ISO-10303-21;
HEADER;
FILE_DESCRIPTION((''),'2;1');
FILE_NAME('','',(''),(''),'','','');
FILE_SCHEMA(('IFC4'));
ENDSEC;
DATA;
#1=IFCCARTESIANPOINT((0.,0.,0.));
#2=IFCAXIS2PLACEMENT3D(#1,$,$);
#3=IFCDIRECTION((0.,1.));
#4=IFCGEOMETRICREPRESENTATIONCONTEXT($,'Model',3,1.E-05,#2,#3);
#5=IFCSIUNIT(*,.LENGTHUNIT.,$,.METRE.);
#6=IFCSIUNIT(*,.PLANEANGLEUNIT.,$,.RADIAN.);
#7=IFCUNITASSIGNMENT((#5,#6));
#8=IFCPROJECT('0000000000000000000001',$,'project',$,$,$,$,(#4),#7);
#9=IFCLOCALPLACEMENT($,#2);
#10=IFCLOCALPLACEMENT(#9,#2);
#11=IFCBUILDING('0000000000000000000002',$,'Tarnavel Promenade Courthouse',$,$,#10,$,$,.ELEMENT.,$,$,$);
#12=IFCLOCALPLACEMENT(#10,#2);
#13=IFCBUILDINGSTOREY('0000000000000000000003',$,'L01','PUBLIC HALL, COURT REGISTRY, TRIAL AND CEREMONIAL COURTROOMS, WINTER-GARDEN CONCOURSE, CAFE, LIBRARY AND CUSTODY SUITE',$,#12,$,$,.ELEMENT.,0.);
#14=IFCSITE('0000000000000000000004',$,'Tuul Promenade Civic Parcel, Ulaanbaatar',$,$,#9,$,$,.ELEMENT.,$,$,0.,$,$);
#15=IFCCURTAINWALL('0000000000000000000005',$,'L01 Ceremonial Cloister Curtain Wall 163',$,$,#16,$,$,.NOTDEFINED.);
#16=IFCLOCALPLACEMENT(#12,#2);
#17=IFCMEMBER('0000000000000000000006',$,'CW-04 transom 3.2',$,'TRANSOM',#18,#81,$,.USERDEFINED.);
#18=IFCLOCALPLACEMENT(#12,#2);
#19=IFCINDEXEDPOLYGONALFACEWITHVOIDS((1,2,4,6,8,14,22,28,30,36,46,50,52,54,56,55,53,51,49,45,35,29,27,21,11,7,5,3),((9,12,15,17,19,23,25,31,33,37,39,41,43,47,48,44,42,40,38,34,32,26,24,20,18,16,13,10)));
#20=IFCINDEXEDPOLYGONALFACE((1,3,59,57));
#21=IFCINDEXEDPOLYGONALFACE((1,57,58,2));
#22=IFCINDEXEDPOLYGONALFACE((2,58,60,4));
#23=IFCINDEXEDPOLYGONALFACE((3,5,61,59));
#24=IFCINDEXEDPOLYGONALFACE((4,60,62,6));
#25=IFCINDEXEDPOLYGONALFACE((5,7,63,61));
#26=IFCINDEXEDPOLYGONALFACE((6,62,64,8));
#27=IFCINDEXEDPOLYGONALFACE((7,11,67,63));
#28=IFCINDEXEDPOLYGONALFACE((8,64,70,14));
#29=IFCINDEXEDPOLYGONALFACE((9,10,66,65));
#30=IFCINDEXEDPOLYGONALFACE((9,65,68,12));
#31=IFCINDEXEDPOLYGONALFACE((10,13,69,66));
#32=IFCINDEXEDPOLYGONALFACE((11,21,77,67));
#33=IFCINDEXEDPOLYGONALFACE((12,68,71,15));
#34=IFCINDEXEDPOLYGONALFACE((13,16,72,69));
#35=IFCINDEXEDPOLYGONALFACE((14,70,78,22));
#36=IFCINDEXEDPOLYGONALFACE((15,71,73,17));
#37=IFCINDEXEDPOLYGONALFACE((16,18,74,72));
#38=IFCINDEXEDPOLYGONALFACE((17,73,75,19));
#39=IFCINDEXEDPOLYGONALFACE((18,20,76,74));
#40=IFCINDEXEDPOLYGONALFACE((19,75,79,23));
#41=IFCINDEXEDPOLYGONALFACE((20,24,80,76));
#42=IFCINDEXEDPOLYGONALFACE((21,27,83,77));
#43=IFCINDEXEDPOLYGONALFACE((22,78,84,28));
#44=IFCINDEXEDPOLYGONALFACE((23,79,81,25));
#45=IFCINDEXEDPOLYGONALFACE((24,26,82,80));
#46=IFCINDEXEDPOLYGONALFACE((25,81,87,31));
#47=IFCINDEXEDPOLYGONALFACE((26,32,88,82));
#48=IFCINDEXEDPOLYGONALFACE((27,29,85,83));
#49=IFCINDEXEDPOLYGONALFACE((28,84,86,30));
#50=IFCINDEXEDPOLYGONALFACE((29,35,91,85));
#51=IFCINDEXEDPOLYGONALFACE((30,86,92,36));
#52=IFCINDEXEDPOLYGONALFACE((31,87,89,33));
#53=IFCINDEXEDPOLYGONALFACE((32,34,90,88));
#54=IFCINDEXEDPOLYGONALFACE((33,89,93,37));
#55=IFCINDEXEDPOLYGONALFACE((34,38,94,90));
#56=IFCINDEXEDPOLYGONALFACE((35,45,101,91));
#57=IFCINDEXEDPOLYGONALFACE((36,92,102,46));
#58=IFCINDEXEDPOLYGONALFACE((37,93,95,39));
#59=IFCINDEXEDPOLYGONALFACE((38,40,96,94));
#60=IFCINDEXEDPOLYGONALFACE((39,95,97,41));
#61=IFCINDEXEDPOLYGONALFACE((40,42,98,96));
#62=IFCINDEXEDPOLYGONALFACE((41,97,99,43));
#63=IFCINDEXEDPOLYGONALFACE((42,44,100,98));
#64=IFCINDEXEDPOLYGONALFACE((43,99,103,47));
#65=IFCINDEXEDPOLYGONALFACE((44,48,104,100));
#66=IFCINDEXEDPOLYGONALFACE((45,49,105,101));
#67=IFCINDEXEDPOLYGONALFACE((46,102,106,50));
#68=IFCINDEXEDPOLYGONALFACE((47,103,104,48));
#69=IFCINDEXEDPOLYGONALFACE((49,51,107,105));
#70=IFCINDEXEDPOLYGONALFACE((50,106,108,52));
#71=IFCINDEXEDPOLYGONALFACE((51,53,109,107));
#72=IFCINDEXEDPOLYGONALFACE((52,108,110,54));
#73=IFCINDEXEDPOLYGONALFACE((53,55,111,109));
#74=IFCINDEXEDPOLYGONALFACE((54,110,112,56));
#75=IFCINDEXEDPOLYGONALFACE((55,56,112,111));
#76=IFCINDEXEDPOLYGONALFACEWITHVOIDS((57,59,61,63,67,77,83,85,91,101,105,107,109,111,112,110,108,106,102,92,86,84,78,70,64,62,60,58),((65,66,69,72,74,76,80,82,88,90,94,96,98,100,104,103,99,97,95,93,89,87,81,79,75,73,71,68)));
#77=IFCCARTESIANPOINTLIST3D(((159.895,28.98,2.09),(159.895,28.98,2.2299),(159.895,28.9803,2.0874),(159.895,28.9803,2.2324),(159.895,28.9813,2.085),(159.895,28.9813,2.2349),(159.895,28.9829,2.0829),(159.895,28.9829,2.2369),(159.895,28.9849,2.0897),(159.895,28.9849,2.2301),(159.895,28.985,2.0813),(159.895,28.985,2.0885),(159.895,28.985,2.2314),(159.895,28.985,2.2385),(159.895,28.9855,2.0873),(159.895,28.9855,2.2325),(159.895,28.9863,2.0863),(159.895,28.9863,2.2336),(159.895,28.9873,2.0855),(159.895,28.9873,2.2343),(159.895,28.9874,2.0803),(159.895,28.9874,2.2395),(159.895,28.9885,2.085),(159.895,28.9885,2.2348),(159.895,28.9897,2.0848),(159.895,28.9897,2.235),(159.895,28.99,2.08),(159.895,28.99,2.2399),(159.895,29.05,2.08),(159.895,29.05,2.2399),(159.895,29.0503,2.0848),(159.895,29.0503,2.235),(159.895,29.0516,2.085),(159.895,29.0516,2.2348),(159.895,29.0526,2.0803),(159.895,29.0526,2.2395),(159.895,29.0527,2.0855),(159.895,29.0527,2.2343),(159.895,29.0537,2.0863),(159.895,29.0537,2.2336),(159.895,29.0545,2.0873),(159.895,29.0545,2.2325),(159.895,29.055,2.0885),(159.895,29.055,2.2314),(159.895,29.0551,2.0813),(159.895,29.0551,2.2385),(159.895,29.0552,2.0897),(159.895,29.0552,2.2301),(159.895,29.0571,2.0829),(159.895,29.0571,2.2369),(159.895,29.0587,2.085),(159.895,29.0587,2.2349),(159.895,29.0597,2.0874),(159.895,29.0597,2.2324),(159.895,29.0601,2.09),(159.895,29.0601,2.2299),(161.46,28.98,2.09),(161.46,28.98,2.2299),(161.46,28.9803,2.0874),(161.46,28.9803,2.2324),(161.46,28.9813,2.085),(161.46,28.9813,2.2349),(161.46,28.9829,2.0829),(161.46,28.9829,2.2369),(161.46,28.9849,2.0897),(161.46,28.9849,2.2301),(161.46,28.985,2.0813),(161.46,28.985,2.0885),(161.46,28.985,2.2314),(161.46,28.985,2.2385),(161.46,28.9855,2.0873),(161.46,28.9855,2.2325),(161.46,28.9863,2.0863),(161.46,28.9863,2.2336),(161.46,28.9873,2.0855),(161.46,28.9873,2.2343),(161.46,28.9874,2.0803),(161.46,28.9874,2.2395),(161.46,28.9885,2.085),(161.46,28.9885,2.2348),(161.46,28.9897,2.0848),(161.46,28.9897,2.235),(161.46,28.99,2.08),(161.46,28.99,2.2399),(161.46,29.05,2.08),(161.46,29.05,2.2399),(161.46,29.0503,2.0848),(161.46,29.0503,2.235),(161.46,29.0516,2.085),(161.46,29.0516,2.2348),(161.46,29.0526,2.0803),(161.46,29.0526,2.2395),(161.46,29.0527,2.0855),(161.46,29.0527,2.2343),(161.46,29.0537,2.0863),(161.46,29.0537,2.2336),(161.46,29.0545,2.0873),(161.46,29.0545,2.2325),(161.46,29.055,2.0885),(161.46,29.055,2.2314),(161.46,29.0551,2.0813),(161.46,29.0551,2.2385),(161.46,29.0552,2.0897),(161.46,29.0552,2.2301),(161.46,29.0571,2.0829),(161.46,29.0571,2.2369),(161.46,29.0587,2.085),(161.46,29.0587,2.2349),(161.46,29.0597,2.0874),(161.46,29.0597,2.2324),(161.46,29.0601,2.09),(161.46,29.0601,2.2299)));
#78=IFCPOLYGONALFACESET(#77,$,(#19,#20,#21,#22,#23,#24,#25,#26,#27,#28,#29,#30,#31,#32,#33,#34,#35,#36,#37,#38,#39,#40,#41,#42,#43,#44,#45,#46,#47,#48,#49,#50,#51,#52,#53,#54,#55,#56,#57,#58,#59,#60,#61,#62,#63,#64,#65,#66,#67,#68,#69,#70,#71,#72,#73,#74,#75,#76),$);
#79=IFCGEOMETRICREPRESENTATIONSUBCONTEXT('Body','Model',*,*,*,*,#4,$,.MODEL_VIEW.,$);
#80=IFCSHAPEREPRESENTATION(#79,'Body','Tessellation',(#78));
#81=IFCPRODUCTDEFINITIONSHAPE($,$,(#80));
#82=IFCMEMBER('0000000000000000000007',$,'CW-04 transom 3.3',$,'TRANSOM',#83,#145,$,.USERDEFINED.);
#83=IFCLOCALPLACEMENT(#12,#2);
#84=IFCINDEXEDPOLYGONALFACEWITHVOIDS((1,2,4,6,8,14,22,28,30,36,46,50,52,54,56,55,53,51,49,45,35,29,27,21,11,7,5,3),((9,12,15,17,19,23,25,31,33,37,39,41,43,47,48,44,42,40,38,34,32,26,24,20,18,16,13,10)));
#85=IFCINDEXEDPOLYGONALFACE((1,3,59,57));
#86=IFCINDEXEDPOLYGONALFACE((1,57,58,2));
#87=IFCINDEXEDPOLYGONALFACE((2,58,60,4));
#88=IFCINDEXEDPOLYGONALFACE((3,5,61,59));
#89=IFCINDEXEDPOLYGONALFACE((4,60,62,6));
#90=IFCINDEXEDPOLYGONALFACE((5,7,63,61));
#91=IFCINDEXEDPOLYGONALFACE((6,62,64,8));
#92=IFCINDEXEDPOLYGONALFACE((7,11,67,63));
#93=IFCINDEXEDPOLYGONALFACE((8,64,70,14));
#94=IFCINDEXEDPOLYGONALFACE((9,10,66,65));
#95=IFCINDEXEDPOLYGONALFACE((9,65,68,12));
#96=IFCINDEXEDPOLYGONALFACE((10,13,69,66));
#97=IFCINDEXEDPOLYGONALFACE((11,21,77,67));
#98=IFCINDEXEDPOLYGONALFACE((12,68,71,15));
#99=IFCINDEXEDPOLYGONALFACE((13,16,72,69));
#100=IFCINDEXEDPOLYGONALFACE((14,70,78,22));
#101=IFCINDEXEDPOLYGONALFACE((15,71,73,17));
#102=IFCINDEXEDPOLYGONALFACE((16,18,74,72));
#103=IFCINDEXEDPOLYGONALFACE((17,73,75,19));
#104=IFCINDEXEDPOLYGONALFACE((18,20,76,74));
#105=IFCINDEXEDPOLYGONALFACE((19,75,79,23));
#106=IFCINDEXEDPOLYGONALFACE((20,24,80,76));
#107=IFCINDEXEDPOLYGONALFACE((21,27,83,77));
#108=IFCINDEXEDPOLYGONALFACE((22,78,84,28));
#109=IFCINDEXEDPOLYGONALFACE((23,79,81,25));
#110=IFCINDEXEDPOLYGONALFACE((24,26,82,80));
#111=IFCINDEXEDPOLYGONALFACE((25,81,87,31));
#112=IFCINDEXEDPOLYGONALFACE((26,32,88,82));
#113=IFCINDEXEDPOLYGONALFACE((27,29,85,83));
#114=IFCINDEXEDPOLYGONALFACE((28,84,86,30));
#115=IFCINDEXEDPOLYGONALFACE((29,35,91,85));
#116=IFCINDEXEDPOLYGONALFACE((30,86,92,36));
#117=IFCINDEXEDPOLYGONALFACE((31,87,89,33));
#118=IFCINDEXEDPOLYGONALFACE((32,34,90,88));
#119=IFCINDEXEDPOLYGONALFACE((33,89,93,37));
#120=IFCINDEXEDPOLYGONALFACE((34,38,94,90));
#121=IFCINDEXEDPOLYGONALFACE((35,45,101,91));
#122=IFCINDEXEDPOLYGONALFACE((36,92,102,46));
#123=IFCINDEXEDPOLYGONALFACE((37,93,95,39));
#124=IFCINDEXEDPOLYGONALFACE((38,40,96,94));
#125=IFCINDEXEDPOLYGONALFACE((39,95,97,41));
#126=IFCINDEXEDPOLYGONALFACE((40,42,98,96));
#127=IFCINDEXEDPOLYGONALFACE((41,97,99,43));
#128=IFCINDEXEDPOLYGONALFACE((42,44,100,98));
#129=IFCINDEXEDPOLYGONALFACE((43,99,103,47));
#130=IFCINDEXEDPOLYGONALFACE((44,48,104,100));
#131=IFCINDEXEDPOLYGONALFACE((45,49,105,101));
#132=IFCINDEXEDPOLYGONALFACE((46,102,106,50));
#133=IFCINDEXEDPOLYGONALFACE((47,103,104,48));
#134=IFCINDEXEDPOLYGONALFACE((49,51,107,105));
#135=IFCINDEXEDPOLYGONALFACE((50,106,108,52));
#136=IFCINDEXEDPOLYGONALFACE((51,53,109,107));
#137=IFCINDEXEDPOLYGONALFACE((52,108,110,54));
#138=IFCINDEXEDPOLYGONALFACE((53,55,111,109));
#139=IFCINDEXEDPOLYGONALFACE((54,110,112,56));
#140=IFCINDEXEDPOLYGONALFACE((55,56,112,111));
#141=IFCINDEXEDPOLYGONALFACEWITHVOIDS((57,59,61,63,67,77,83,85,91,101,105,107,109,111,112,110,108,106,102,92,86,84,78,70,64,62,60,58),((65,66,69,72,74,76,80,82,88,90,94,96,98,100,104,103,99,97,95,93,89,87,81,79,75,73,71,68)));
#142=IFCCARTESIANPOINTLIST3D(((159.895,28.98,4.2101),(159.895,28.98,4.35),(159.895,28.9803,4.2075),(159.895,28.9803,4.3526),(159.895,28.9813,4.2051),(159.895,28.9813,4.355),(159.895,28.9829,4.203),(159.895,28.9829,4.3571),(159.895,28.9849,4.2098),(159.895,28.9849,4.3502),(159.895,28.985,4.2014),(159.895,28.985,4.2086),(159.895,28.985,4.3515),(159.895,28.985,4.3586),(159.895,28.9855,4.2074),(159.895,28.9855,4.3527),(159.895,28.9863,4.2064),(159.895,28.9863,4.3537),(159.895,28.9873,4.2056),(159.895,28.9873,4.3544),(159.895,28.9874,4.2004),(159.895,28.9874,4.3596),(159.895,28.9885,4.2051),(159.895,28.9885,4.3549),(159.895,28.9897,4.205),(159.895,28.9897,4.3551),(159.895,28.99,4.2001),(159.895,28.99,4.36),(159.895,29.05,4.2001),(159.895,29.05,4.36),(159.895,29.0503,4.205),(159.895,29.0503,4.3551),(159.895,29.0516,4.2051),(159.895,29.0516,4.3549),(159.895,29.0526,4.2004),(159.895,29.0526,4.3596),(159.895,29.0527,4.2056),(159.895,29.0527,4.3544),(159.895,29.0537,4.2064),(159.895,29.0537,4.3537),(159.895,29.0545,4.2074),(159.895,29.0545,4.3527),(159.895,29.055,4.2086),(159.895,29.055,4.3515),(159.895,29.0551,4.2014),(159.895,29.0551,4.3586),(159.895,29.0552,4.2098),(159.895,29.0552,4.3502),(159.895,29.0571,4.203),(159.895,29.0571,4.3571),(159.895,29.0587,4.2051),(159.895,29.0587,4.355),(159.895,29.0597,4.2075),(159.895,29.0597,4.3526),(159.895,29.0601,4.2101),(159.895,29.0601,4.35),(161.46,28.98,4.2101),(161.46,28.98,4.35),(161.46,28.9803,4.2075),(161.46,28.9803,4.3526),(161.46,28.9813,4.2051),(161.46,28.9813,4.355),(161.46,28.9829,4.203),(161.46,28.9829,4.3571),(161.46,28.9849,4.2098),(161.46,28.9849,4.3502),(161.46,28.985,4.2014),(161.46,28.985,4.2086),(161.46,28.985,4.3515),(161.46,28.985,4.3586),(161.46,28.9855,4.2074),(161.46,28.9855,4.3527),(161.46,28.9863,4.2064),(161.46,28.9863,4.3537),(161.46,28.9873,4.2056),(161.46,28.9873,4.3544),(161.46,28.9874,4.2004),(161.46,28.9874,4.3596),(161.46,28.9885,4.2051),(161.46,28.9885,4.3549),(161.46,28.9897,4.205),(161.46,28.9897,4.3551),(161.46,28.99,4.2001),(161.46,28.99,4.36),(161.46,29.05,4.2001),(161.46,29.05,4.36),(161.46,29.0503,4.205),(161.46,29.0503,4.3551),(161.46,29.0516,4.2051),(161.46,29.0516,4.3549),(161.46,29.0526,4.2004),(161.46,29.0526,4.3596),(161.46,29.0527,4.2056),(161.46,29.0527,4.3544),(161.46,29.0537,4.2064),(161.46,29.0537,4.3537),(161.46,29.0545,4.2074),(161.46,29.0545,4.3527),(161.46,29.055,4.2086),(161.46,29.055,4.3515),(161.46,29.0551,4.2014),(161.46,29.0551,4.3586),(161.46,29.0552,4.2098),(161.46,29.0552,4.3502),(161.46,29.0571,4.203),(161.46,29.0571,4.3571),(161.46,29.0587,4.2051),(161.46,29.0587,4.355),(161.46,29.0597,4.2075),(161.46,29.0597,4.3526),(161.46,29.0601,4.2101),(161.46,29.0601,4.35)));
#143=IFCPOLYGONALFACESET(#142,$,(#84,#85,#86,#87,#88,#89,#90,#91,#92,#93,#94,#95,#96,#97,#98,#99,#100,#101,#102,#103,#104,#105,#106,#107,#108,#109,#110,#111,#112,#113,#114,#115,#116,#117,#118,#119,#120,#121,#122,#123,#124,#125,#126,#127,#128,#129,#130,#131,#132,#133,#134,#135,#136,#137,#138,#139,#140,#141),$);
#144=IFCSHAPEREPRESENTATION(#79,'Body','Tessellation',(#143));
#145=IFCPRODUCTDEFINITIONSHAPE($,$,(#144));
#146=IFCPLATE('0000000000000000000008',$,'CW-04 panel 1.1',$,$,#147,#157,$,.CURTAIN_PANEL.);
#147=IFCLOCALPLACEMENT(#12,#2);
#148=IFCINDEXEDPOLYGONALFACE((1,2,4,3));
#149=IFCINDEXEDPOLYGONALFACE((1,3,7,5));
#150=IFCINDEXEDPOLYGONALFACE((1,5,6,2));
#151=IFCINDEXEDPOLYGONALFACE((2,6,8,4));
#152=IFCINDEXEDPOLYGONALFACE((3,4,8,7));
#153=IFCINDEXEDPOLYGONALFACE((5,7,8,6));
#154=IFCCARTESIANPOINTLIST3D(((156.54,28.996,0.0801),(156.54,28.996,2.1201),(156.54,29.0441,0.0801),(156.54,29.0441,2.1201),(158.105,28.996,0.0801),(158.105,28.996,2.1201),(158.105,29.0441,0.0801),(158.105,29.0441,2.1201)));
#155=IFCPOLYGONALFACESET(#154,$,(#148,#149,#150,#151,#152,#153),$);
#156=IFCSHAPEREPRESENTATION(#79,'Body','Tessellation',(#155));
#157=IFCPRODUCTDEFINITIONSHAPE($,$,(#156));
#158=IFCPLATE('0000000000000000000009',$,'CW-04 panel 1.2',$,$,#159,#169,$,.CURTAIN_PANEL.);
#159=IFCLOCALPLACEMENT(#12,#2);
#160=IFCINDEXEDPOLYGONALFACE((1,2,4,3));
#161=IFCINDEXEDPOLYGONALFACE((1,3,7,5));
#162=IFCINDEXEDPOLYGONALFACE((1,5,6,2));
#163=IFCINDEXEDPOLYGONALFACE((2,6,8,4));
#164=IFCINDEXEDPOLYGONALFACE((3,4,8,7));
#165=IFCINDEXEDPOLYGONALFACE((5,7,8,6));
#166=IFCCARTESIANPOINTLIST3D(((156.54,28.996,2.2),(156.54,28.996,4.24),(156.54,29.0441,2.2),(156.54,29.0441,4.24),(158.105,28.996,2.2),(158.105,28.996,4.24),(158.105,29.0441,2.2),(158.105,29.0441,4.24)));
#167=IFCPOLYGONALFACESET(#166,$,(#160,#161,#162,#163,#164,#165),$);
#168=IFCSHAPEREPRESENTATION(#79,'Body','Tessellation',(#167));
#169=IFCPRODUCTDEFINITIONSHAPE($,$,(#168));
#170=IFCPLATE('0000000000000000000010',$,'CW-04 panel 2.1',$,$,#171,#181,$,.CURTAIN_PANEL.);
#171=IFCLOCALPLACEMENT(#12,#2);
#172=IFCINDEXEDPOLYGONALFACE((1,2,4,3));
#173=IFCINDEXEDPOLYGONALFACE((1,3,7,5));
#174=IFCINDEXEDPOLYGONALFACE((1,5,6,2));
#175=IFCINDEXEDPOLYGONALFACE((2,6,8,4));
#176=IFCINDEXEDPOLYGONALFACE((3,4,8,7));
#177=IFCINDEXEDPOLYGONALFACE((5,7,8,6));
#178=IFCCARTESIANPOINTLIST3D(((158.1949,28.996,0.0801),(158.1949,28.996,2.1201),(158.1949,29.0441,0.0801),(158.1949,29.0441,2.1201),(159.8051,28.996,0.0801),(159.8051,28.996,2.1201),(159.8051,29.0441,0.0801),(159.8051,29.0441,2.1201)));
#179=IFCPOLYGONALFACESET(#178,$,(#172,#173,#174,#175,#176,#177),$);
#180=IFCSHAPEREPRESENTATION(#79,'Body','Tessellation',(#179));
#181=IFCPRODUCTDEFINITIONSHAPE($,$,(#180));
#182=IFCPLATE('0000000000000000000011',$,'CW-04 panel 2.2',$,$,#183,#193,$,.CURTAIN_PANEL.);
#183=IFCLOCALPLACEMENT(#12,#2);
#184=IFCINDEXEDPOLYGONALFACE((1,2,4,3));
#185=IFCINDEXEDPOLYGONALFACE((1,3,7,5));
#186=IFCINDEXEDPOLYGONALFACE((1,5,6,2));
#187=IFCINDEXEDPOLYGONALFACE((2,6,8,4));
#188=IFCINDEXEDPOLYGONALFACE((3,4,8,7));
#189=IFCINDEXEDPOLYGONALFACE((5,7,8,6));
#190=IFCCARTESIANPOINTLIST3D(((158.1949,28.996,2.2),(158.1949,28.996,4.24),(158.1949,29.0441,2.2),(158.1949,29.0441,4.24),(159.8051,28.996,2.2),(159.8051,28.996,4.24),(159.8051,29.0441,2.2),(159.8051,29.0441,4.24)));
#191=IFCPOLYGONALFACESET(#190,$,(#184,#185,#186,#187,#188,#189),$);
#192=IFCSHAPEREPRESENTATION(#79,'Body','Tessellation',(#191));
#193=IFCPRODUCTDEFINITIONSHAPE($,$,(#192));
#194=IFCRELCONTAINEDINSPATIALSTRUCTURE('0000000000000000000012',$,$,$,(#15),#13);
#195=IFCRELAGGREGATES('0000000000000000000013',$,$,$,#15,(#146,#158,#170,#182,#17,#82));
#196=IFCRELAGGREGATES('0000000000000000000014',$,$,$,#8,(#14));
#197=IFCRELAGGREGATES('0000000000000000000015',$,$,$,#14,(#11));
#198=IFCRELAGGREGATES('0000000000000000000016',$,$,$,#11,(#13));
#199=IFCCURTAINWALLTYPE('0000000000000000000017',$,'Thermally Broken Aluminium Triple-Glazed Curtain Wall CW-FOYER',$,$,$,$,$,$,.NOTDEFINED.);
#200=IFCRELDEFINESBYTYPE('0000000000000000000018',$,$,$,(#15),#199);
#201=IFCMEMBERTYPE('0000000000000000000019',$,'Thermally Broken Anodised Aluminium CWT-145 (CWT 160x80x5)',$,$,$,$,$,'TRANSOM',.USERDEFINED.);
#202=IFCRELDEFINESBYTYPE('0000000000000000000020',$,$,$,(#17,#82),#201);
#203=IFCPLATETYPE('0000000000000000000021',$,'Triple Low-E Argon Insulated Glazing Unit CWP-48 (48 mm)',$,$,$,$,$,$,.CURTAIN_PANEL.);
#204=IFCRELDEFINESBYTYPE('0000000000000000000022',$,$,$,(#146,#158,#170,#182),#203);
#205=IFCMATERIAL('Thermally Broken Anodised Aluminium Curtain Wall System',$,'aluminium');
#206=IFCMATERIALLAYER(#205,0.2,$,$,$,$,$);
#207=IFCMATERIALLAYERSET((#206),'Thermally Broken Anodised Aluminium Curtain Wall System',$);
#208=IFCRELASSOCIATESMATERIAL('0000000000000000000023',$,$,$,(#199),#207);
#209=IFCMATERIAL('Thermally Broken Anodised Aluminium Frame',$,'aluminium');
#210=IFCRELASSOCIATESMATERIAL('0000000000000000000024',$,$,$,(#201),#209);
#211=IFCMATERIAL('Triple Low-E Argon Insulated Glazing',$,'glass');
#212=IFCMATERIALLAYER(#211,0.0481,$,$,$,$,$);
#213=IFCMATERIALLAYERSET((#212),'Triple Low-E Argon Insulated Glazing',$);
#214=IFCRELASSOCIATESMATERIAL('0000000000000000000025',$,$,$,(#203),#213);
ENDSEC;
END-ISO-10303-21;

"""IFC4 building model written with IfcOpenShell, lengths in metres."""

from ifc_helpers import new_model, si_unit, direction, frame, origin, origin_2d, place, context, subcontext, project, spatial, rectangle, hollow_rectangle, extrude, material, layer, layer_set, material_profile, profile_set, type_object, element, aggregate, save


model = new_model("IFC4")

# Units and contexts
model_context = context("Model", 3, precision=1e-05, world=origin(), true_north=direction((0.0, 1.0)))
body_context = subcontext(model_context, "Body", "Model", "MODEL_VIEW")
ifc_project = project(units=[si_unit("LENGTHUNIT", "METRE"), si_unit("PLANEANGLEUNIT", "RADIAN")], contexts=[model_context])

# Site, building, storey
site_placement = place(None, origin())
site = spatial("IfcSite", under=ifc_project, at=site_placement, Name="Tuul Promenade Civic Parcel, Ulaanbaatar", CompositionType="ELEMENT", RefElevation=0.0)
building_placement = place(site_placement, origin())
building = spatial("IfcBuilding", under=site, at=building_placement, Name="Tarnavel Promenade Courthouse", CompositionType="ELEMENT")
storey_placement = place(building_placement, origin())
storey = spatial("IfcBuildingStorey", under=building, at=storey_placement, Name="L01", Description="PUBLIC HALL, COURT REGISTRY, TRIAL AND CEREMONIAL COURTROOMS, WINTER-GARDEN CONCOURSE, CAFE, LIBRARY AND CUSTODY SUITE", CompositionType="ELEMENT", Elevation=0.0)

# Shared definitions
ifc_material_1 = material(Name="Thermally Broken Anodised Aluminium Curtain Wall System", Category="aluminium")
ifc_layer_1 = layer(ifc_material_1, 0.2)
ifc_layer_set_1 = layer_set([ifc_layer_1], Name="Thermally Broken Anodised Aluminium Curtain Wall System")
curtain_wall_type = type_object("IfcCurtainWallType", Name="Thermally Broken Aluminium Triple-Glazed Curtain Wall CW-FOYER", PredefinedType="NOTDEFINED", material=ifc_layer_set_1)
ifc_material_2 = material(Name="Thermally Broken Anodised Aluminium Frame", Category="aluminium")

# Curtain wall, members, plates
curtain_wall_1_placement = place(storey_placement, origin())
curtain_wall_1 = element("IfcCurtainWall", 1, at=curtain_wall_1_placement, inside=storey, type_object=curtain_wall_type, Name="L01 Ceremonial Cloister Curtain Wall 163", PredefinedType="NOTDEFINED")
ifc_material_profile_1 = material_profile(ifc_material_2, hollow_rectangle(XDim=0.0801, YDim=0.1599, WallThickness=0.0049, InnerFilletRadius=0.0049, OuterFilletRadius=0.01, at=origin_2d()), Name="CWT 160x80x5")
ifc_profile_set_1 = profile_set([ifc_material_profile_1], Name="Thermally Broken Anodised Aluminium Frame")
member_type_1 = type_object("IfcMemberType", Name="Thermally Broken Anodised Aluminium CWT-145 (CWT 160x80x5)", ElementType="TRANSOM", PredefinedType="USERDEFINED", material=ifc_profile_set_1)
member_1_placement = place(storey_placement, frame((159.895, 29.02, 2.1599), z_axis=(1.0, 0.0, 0.0), x_axis=(0.0, 1.0, 0.0)))
member_1 = element("IfcMember", 2, at=member_1_placement, type_object=member_type_1, Name="CW-04 transom 3.2", ObjectType="TRANSOM", PredefinedType="USERDEFINED", context=body_context, shape_type="SweptSolid", body=[
    extrude(hollow_rectangle(XDim=0.0801, YDim=0.1599, WallThickness=0.0049, InnerFilletRadius=0.0049, OuterFilletRadius=0.01, at=origin_2d()), origin(), (0.0, 0.0, 1.0), 1.5649),
])
member_2_placement = place(storey_placement, frame((159.895, 29.02, 4.28), z_axis=(1.0, 0.0, 0.0), x_axis=(0.0, 1.0, 0.0)))
member_2 = element("IfcMember", 3, at=member_2_placement, type_object=member_type_1, Name="CW-04 transom 3.3", ObjectType="TRANSOM", PredefinedType="USERDEFINED", context=body_context, shape_type="SweptSolid", body=[
    extrude(hollow_rectangle(XDim=0.0801, YDim=0.1599, WallThickness=0.0049, InnerFilletRadius=0.0049, OuterFilletRadius=0.01, at=origin_2d()), origin(), (0.0, 0.0, 1.0), 1.5649),
])
ifc_material_3 = material(Name="Triple Low-E Argon Insulated Glazing", Category="glass")
ifc_layer_2 = layer(ifc_material_3, 0.0481)
ifc_layer_set_2 = layer_set([ifc_layer_2], Name="Triple Low-E Argon Insulated Glazing")
plate_type = type_object("IfcPlateType", Name="Triple Low-E Argon Insulated Glazing Unit CWP-48 (48 mm)", PredefinedType="CURTAIN_PANEL", material=ifc_layer_set_2)
plate_1_placement = place(storey_placement, frame((157.3225, 29.02, 0.0801), z_axis=(0.0, 0.0, 1.0), x_axis=(1.0, 0.0, 0.0)))
plate_1 = element("IfcPlate", 4, at=plate_1_placement, type_object=plate_type, Name="CW-04 panel 1.1", PredefinedType="CURTAIN_PANEL", context=body_context, shape_type="SweptSolid", body=[
    extrude(rectangle(XDim=1.5649, YDim=0.0481, at=origin_2d()), origin(), (0.0, 0.0, 1.0), 2.04),
])
plate_2_placement = place(storey_placement, frame((157.3225, 29.02, 2.2), z_axis=(0.0, 0.0, 1.0), x_axis=(1.0, 0.0, 0.0)))
plate_2 = element("IfcPlate", 5, at=plate_2_placement, type_object=plate_type, Name="CW-04 panel 1.2", PredefinedType="CURTAIN_PANEL", context=body_context, shape_type="SweptSolid", body=[
    extrude(rectangle(XDim=1.5649, YDim=0.0481, at=origin_2d()), origin(), (0.0, 0.0, 1.0), 2.04),
])
plate_3_placement = place(storey_placement, frame((159.0, 29.02, 0.0801), z_axis=(0.0, 0.0, 1.0), x_axis=(1.0, 0.0, 0.0)))
plate_3 = element("IfcPlate", 6, at=plate_3_placement, type_object=plate_type, Name="CW-04 panel 2.1", PredefinedType="CURTAIN_PANEL", context=body_context, shape_type="SweptSolid", body=[
    extrude(rectangle(XDim=1.6101, YDim=0.0481, at=origin_2d()), origin(), (0.0, 0.0, 1.0), 2.04),
])
plate_4_placement = place(storey_placement, frame((159.0, 29.02, 2.2), z_axis=(0.0, 0.0, 1.0), x_axis=(1.0, 0.0, 0.0)))
plate_4 = element("IfcPlate", 7, at=plate_4_placement, type_object=plate_type, Name="CW-04 panel 2.2", PredefinedType="CURTAIN_PANEL", context=body_context, shape_type="SweptSolid", body=[
    extrude(rectangle(XDim=1.6101, YDim=0.0481, at=origin_2d()), origin(), (0.0, 0.0, 1.0), 2.04),
])
aggregate(curtain_wall_1, [plate_1, plate_2, plate_3, plate_4, member_1, member_2])

save(model, "model.ifc")
